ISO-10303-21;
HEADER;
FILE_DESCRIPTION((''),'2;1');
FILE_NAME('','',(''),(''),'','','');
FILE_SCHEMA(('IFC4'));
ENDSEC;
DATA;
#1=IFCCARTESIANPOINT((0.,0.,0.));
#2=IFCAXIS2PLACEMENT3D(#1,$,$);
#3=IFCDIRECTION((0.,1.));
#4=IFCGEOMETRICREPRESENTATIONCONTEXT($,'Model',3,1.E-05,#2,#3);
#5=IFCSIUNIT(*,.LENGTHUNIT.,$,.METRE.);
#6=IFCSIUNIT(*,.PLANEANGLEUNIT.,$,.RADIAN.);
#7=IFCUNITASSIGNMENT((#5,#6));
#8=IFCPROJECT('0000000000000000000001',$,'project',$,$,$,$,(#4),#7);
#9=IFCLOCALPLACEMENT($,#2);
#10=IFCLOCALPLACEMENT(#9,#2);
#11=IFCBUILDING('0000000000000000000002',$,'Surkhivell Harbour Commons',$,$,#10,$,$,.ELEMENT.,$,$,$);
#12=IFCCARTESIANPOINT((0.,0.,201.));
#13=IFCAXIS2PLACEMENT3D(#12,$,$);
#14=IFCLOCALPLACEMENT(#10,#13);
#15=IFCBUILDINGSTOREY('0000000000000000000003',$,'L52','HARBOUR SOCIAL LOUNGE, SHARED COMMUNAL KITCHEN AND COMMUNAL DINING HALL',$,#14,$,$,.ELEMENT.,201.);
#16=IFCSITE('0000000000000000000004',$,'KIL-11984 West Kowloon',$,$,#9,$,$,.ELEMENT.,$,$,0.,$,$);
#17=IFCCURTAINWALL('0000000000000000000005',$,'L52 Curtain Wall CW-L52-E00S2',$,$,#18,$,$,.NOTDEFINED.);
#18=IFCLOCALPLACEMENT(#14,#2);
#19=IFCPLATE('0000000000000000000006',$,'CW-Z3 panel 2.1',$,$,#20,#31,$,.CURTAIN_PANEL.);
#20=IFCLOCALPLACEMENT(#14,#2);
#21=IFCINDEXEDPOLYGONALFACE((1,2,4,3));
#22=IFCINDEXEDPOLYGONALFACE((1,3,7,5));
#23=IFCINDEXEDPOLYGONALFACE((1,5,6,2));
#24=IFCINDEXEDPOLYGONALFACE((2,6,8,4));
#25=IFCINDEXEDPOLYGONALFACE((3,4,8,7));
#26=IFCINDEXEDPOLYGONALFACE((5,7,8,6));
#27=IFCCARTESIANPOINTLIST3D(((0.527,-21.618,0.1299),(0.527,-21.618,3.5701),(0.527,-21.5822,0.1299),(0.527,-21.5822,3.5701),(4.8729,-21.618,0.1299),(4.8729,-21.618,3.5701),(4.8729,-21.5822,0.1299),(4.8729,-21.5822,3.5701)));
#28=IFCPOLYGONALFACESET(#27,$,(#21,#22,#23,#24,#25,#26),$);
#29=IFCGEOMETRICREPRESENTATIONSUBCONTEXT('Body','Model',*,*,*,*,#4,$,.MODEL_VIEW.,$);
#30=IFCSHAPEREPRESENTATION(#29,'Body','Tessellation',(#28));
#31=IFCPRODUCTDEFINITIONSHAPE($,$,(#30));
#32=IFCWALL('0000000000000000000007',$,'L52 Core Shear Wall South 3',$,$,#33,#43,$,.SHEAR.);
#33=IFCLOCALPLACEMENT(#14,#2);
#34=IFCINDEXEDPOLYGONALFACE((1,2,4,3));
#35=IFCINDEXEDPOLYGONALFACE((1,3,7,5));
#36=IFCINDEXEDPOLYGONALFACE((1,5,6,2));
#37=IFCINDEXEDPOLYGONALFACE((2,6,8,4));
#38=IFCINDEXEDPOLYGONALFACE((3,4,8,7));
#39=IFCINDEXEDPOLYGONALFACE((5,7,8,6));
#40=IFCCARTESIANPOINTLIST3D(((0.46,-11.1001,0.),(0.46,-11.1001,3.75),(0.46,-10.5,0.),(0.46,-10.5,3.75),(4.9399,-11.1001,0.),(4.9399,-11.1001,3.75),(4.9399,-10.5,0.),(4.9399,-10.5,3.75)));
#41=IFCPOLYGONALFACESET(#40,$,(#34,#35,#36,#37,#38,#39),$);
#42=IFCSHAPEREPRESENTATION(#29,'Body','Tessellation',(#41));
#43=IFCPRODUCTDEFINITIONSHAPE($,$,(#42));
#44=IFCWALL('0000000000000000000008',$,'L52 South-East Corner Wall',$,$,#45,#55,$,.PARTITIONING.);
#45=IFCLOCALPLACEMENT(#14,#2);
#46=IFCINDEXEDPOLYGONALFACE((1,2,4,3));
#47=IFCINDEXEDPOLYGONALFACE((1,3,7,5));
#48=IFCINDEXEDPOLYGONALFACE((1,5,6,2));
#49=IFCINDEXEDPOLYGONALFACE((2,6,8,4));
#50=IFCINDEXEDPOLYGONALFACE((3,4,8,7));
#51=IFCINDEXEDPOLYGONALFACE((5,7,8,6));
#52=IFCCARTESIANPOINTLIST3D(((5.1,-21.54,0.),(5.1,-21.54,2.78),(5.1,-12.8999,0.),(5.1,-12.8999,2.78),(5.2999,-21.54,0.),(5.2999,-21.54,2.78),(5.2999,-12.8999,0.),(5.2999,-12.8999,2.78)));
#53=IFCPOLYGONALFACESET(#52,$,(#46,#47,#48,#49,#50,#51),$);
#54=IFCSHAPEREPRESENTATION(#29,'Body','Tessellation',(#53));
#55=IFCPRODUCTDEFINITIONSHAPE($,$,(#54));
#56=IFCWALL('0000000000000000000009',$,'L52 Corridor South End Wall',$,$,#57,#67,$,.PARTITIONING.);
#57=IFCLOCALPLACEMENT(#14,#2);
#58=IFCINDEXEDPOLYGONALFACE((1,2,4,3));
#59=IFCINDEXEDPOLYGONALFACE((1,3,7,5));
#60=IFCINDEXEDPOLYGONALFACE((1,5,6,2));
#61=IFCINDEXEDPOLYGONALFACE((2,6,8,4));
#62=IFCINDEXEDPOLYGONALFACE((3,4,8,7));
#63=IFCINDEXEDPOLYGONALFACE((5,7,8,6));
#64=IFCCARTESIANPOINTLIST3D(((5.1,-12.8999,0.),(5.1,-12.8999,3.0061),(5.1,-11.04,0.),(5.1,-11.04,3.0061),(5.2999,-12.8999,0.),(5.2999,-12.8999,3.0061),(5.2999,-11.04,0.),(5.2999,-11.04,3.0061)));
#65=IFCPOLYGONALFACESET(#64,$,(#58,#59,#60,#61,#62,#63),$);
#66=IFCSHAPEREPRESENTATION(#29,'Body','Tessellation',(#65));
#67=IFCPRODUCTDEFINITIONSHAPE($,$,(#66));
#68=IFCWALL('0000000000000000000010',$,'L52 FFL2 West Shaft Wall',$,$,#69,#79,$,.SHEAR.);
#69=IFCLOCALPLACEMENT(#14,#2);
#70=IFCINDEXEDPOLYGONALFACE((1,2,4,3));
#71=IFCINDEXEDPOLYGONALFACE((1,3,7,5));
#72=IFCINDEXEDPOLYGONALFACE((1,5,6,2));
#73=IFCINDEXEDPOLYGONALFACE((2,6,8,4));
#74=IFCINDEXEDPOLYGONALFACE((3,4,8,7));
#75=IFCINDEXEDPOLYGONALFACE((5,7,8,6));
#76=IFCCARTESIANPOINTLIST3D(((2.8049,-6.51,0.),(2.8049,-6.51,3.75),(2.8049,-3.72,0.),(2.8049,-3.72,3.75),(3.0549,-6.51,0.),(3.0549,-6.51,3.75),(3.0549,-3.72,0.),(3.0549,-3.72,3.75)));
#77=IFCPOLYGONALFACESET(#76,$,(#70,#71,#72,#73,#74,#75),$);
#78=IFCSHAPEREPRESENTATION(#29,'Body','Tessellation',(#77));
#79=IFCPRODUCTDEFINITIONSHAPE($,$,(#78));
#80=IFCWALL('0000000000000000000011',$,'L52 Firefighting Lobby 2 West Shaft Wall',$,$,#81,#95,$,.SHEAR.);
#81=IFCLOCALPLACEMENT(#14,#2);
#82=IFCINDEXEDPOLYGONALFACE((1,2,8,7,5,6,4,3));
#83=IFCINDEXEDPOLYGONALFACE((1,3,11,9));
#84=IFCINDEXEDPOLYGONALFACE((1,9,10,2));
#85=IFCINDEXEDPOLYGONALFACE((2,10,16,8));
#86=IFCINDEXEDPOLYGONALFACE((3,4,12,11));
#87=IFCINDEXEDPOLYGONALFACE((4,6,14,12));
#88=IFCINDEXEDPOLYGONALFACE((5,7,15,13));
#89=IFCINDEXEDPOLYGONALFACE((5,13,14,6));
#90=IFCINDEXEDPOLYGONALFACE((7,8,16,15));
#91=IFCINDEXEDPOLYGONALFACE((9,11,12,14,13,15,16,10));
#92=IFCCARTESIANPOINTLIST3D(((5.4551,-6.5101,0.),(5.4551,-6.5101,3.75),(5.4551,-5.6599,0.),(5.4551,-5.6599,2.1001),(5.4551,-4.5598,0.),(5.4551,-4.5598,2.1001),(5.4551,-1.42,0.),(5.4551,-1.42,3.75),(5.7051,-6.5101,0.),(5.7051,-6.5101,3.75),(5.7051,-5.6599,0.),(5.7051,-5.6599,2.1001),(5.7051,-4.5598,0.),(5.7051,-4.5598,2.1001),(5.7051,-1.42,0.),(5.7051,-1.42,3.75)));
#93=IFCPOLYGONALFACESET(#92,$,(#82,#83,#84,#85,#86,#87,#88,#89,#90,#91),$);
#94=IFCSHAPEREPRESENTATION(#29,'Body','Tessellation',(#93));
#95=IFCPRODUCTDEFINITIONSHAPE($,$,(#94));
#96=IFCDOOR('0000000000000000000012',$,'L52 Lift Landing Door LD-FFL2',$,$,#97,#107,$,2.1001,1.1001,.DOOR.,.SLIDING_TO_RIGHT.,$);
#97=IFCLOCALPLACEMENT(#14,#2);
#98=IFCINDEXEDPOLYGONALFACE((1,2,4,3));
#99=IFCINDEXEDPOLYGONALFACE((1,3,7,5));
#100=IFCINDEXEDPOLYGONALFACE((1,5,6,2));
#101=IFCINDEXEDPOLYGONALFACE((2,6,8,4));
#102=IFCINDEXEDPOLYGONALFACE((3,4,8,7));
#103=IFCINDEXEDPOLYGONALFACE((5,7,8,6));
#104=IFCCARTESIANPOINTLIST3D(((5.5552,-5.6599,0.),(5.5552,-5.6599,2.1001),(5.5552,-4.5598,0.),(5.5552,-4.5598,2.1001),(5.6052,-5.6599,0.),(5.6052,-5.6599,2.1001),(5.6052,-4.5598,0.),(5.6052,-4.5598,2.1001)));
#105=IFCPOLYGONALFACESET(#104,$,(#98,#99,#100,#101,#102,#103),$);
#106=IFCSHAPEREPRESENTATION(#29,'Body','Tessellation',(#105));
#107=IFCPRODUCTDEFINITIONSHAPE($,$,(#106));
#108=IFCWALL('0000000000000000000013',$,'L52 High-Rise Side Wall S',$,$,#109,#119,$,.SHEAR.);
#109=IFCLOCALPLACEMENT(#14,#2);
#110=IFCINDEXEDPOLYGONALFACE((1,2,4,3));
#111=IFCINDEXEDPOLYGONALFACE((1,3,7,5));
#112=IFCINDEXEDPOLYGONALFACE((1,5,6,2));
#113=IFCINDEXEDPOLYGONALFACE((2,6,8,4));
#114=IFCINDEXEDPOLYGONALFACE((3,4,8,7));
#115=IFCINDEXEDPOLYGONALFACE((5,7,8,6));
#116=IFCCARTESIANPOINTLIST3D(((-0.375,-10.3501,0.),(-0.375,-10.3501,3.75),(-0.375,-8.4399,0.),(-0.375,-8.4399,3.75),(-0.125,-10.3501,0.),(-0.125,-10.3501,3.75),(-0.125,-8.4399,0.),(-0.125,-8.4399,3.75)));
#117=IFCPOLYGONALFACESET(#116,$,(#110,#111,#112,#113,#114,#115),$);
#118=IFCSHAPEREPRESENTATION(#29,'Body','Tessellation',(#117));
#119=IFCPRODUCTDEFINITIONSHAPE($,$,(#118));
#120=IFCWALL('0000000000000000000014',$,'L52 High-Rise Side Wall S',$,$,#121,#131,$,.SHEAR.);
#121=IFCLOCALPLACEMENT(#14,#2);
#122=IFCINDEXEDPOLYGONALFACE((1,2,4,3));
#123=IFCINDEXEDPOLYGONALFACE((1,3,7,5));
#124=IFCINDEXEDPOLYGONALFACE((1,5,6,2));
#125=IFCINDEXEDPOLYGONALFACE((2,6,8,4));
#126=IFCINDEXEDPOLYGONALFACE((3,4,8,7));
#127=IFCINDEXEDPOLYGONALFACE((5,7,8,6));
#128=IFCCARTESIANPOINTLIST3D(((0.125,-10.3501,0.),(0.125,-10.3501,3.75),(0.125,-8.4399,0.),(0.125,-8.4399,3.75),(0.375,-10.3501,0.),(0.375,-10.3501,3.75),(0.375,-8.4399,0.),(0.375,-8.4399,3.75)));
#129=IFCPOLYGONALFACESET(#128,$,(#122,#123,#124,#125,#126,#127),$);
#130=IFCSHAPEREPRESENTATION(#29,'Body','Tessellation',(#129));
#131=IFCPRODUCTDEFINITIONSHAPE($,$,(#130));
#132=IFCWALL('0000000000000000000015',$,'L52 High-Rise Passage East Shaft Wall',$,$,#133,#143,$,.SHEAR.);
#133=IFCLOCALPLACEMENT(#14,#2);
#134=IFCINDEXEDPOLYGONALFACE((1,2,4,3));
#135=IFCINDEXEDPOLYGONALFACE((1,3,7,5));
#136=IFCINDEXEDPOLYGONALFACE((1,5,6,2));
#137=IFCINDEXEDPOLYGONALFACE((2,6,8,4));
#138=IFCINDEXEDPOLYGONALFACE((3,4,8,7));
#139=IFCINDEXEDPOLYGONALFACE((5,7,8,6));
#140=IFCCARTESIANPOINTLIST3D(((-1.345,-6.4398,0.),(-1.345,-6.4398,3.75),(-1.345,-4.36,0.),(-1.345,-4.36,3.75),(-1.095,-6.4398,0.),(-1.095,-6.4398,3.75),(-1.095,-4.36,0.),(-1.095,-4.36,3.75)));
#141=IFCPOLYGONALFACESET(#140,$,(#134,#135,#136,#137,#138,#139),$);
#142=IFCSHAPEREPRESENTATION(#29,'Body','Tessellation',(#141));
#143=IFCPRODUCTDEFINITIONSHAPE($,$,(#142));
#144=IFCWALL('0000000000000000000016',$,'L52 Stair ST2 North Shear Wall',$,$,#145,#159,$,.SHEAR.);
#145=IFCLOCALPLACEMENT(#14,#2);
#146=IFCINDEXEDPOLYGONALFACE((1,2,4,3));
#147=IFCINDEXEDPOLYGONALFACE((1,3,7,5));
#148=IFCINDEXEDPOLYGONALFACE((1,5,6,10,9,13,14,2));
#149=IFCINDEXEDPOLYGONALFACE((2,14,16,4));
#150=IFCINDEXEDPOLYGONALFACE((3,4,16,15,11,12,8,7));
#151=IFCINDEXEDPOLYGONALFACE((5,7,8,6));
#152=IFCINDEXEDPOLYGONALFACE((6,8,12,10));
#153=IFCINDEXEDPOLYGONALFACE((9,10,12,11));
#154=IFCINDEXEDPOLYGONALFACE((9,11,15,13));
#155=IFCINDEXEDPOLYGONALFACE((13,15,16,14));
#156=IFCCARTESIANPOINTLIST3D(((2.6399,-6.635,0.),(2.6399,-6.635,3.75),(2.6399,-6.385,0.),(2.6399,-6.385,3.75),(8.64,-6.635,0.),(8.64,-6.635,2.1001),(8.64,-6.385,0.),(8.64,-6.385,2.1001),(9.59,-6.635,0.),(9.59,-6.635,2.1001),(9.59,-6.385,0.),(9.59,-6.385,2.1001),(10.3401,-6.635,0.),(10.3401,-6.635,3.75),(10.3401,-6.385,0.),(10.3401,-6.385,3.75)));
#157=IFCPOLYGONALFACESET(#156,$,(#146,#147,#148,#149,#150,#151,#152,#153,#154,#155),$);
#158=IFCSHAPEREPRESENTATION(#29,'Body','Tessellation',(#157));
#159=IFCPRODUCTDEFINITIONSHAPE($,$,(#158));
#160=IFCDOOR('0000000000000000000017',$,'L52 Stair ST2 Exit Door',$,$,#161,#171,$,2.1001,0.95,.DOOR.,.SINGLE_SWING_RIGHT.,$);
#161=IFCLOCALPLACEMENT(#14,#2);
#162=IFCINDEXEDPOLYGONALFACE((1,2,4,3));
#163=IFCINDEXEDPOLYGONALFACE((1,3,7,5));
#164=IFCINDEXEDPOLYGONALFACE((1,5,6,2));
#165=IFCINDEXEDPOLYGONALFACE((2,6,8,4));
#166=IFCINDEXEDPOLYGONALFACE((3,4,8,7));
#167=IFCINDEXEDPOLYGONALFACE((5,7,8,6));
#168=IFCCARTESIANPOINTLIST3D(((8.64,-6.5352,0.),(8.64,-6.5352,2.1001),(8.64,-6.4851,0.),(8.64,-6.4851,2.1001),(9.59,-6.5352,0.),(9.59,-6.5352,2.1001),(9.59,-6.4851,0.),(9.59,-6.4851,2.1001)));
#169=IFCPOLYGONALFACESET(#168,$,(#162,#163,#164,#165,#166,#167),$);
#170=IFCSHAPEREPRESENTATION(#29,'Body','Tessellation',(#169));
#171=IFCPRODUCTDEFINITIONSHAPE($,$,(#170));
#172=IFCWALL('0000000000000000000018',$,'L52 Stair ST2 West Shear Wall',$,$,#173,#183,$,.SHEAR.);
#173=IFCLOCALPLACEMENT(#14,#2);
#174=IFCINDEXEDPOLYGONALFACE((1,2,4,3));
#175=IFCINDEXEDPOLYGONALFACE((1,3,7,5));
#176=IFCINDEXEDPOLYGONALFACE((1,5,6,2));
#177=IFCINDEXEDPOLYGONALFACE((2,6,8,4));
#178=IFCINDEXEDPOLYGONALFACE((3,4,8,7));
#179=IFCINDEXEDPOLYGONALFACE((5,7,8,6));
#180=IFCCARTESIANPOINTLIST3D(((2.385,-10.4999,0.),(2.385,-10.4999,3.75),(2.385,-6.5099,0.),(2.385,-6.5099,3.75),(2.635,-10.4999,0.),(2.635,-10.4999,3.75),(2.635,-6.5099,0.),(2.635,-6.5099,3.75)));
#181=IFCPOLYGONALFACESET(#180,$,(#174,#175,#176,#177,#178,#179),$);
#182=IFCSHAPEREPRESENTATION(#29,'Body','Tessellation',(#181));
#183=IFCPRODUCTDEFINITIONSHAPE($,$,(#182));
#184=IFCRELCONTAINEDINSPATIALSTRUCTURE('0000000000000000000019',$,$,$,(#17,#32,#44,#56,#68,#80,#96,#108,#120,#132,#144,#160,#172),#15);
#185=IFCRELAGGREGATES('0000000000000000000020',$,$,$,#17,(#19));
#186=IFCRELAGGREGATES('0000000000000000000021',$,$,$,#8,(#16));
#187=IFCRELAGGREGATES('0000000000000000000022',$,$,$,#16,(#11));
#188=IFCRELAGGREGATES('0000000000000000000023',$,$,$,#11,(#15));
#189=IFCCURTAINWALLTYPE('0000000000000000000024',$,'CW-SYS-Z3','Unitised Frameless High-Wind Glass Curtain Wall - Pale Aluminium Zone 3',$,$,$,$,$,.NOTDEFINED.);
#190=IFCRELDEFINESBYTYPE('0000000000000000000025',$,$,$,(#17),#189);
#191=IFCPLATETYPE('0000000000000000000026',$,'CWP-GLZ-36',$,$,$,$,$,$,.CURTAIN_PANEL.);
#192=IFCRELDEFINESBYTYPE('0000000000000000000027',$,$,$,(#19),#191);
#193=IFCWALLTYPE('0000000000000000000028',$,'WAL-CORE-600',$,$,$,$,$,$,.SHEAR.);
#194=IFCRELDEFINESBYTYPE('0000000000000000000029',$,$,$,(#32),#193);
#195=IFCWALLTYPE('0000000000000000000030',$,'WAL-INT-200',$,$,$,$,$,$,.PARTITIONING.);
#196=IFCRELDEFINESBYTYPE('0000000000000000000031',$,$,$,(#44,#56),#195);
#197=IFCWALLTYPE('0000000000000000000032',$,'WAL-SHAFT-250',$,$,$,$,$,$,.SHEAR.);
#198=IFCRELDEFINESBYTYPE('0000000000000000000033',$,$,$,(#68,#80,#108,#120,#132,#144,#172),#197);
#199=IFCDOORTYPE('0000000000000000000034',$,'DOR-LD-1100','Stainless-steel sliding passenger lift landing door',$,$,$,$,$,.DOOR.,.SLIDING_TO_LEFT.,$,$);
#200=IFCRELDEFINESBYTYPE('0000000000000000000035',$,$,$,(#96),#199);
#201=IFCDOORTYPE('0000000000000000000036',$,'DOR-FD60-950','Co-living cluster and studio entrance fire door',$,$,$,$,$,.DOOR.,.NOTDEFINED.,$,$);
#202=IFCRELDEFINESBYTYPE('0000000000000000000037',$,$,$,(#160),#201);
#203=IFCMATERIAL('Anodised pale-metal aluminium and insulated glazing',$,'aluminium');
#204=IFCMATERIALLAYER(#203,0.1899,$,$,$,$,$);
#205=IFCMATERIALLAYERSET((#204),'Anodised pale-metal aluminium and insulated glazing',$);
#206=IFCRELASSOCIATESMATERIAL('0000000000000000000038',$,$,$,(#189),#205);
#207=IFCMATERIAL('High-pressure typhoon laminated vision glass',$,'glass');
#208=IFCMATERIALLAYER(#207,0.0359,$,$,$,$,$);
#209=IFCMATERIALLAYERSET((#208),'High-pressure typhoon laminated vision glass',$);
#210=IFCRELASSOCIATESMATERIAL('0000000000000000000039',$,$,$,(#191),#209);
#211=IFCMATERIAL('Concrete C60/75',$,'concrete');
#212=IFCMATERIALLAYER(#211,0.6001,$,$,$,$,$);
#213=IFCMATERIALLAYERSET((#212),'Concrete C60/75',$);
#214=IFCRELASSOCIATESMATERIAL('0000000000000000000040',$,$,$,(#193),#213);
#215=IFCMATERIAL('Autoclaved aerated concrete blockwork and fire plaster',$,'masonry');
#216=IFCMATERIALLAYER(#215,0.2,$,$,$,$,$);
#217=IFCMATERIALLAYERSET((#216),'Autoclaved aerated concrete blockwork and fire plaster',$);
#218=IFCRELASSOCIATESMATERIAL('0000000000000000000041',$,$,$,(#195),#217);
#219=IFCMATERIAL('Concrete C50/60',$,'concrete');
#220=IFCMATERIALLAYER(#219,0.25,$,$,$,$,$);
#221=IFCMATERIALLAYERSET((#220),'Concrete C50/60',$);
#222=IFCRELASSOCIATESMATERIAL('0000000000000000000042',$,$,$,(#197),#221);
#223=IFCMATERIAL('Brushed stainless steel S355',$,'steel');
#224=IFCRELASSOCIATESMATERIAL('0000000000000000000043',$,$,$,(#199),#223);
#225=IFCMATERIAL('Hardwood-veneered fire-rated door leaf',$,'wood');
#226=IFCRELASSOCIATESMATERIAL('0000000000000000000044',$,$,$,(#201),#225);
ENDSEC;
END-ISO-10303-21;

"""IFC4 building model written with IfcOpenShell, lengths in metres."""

from ifc_helpers import new_model, si_unit, direction, frame, frame_2d, origin, place, context, subcontext, project, spatial, rectangle, extrude, material, layer, layer_set, type_object, element, fill, aggregate, save


model = new_model("IFC4")

# Units and contexts
model_context = context("Model", 3, precision=1e-05, world=origin(), true_north=direction((0.0, 1.0)))
body_context = subcontext(model_context, "Body", "Model", "MODEL_VIEW")
ifc_project = project(units=[si_unit("LENGTHUNIT", "METRE"), si_unit("PLANEANGLEUNIT", "RADIAN")], contexts=[model_context])

# Site, building, storey
site_placement = place(None, origin())
site = spatial("IfcSite", under=ifc_project, at=site_placement, Name="KIL-11984 West Kowloon", CompositionType="ELEMENT", RefElevation=0.0)
building_placement = place(site_placement, origin())
building = spatial("IfcBuilding", under=site, at=building_placement, Name="Surkhivell Harbour Commons", CompositionType="ELEMENT")
storey_placement = place(building_placement, frame((0.0, 0.0, 201.0)))
storey = spatial("IfcBuildingStorey", under=building, at=storey_placement, Name="L52", Description="HARBOUR SOCIAL LOUNGE, SHARED COMMUNAL KITCHEN AND COMMUNAL DINING HALL", CompositionType="ELEMENT", Elevation=201.0)

# Shared definitions
ifc_material_1 = material(Name="Concrete C60/75", Category="concrete")

# Curtain wall, plate
ifc_material_2 = material(Name="Anodised pale-metal aluminium and insulated glazing", Category="aluminium")
ifc_layer_1 = layer(ifc_material_2, 0.1899)
ifc_layer_set_1 = layer_set([ifc_layer_1], Name="Anodised pale-metal aluminium and insulated glazing")
curtain_wall_type = type_object("IfcCurtainWallType", Name="CW-SYS-Z3", Description="Unitised Frameless High-Wind Glass Curtain Wall - Pale Aluminium Zone 3", PredefinedType="NOTDEFINED", material=ifc_layer_set_1)
curtain_wall_placement = place(storey_placement, origin())
curtain_wall = element("IfcCurtainWall", 1, at=curtain_wall_placement, inside=storey, type_object=curtain_wall_type, Name="L52 Curtain Wall CW-L52-E00S2", PredefinedType="NOTDEFINED")
ifc_material_3 = material(Name="High-pressure typhoon laminated vision glass", Category="glass")
ifc_layer_2 = layer(ifc_material_3, 0.0359)
ifc_layer_set_2 = layer_set([ifc_layer_2], Name="High-pressure typhoon laminated vision glass")
plate_type = type_object("IfcPlateType", Name="CWP-GLZ-36", PredefinedType="CURTAIN_PANEL", material=ifc_layer_set_2)
plate_placement = place(storey_placement, frame((0.5271, -21.6001, 0.1299), z_axis=(0.0, 0.0, 1.0), x_axis=(1.0, 0.0, 0.0)))
plate = element("IfcPlate", 2, at=plate_placement, type_object=plate_type, Name="CW-Z3 panel 2.1", PredefinedType="CURTAIN_PANEL", context=body_context, shape_type="SweptSolid", body=[
    extrude(rectangle(XDim=4.3459, YDim=0.0359, at=frame_2d((2.1729, 0.0))), origin(), (0.0, 0.0, 1.0), 3.4402),
])
aggregate(curtain_wall, [plate])

# Walls
ifc_layer_3 = layer(ifc_material_1, 0.6001)
ifc_layer_set_3 = layer_set([ifc_layer_3], Name="Concrete C60/75")
wall_type_1 = type_object("IfcWallType", Name="WAL-CORE-600", PredefinedType="SHEAR", material=ifc_layer_set_3)
wall_1_placement = place(storey_placement, frame((0.46, -10.8, 0.0), z_axis=(0.0, 0.0, 1.0), x_axis=(1.0, 0.0, 0.0)))
element("IfcWall", 3, at=wall_1_placement, inside=storey, type_object=wall_type_1, Name="L52 Core Shear Wall South 3", PredefinedType="SHEAR", context=body_context, shape_type="SweptSolid", body=[
    extrude(rectangle(XDim=4.48, YDim=0.6001, at=frame_2d((2.24, 0.0))), origin(), (0.0, 0.0, 1.0), 3.75),
])
ifc_material_4 = material(Name="Autoclaved aerated concrete blockwork and fire plaster", Category="masonry")
ifc_layer_4 = layer(ifc_material_4, 0.2)
ifc_layer_set_4 = layer_set([ifc_layer_4], Name="Autoclaved aerated concrete blockwork and fire plaster")
wall_type_2 = type_object("IfcWallType", Name="WAL-INT-200", PredefinedType="PARTITIONING", material=ifc_layer_set_4)
wall_2_placement = place(storey_placement, frame((5.2, -21.54, 0.0), z_axis=(0.0, 0.0, 1.0), x_axis=(0.0, 1.0, 0.0)))
element("IfcWall", 4, at=wall_2_placement, inside=storey, type_object=wall_type_2, Name="L52 South-East Corner Wall", PredefinedType="PARTITIONING", context=body_context, shape_type="SweptSolid", body=[
    extrude(rectangle(XDim=8.6401, YDim=0.2, at=frame_2d((4.3201, 0.0))), origin(), (0.0, 0.0, 1.0), 2.78),
])
wall_3_placement = place(storey_placement, frame((5.2, -12.8999, 0.0), z_axis=(0.0, 0.0, 1.0), x_axis=(0.0, 1.0, 0.0)))
element("IfcWall", 5, at=wall_3_placement, inside=storey, type_object=wall_type_2, Name="L52 Corridor South End Wall", PredefinedType="PARTITIONING", context=body_context, shape_type="SweptSolid", body=[
    extrude(rectangle(XDim=1.8599, YDim=0.2, at=frame_2d((0.9299, 0.0))), origin(), (0.0, 0.0, 1.0), 3.0061),
])
ifc_material_5 = material(Name="Concrete C50/60", Category="concrete")
ifc_layer_5 = layer(ifc_material_5, 0.25)
ifc_layer_set_5 = layer_set([ifc_layer_5], Name="Concrete C50/60")
wall_type_3 = type_object("IfcWallType", Name="WAL-SHAFT-250", PredefinedType="SHEAR", material=ifc_layer_set_5)
wall_4_placement = place(storey_placement, frame((2.9299, -6.51, 0.0), z_axis=(0.0, 0.0, 1.0), x_axis=(0.0, 1.0, 0.0)))
element("IfcWall", 6, at=wall_4_placement, inside=storey, type_object=wall_type_3, Name="L52 FFL2 West Shaft Wall", PredefinedType="SHEAR", context=body_context, shape_type="SweptSolid", body=[
    extrude(rectangle(XDim=2.79, YDim=0.25, at=frame_2d((1.395, 0.0))), origin(), (0.0, 0.0, 1.0), 3.75),
])

# Wall, opening, door
wall_5_placement = place(storey_placement, frame((5.5801, -6.51, 0.0), z_axis=(0.0, 0.0, 1.0), x_axis=(0.0, 1.0, 0.0)))
wall_5 = element("IfcWall", 7, at=wall_5_placement, inside=storey, type_object=wall_type_3, Name="L52 Firefighting Lobby 2 West Shaft Wall", PredefinedType="SHEAR", context=body_context, shape_type="SweptSolid", body=[
    extrude(rectangle(XDim=5.0901, YDim=0.25, at=frame_2d((2.5449, 0.0))), origin(), (0.0, 0.0, 1.0), 3.75),
])
opening_1_placement = place(wall_5_placement, frame((0.8501, 0.0, 0.0)))
opening_1 = element("IfcOpeningElement", 8, at=opening_1_placement, cuts=wall_5, PredefinedType="OPENING", context=body_context, shape_type="SweptSolid", body=[
    extrude(rectangle(XDim=1.1001, YDim=2.1001, at=frame_2d((0.55, 1.05))), frame((0.0, 0.135, 0.0), z_axis=(0.0, -1.0, 0.0), x_axis=(1.0, 0.0, 0.0)), (0.0, 0.0, 1.0), 0.27),
])
ifc_material_6 = material(Name="Brushed stainless steel S355", Category="steel")
door_type_1 = type_object("IfcDoorType", Name="DOR-LD-1100", Description="Stainless-steel sliding passenger lift landing door", OperationType="SLIDING_TO_LEFT", PredefinedType="DOOR", material=ifc_material_6)
door_1_placement = place(opening_1_placement, origin())
door_1 = element("IfcDoor", 9, at=door_1_placement, inside=storey, type_object=door_type_1, Name="L52 Lift Landing Door LD-FFL2", OperationType="SLIDING_TO_RIGHT", OverallHeight=2.1001, OverallWidth=1.1001, PredefinedType="DOOR", context=body_context, shape_type="SweptSolid", body=[
    extrude(rectangle(XDim=1.1001, YDim=2.1001, at=frame_2d((0.55, 1.05))), frame((0.0, 0.0249, 0.0), z_axis=(0.0, -1.0, 0.0), x_axis=(1.0, 0.0, 0.0)), (0.0, 0.0, 1.0), 0.05),
])
fill(opening_1, door_1)

# Walls
for number, where, z_axis, x_axis, name in (
    (10, (-0.25, -10.3501, 0.0), (0.0, 0.0, 1.0), (0.0, 1.0, 0.0), "L52 High-Rise Side Wall S"),
    (11, (0.25, -10.3501, 0.0), (0.0, 0.0, 1.0), (0.0, 1.0, 0.0), "L52 High-Rise Side Wall S"),
):
    element("IfcWall", number, at=place(storey_placement, frame(where, z_axis=z_axis, x_axis=x_axis)), inside=storey, type_object=wall_type_3, Name=name, PredefinedType="SHEAR", context=body_context, shape_type="SweptSolid", body=[
        extrude(rectangle(XDim=1.9102, YDim=0.25, at=frame_2d((0.9551, 0.0))), origin(), (0.0, 0.0, 1.0), 3.75),
    ])
wall_6_placement = place(storey_placement, frame((-1.22, -6.4399, 0.0), z_axis=(0.0, 0.0, 1.0), x_axis=(0.0, 1.0, 0.0)))
element("IfcWall", 12, at=wall_6_placement, inside=storey, type_object=wall_type_3, Name="L52 High-Rise Passage East Shaft Wall", PredefinedType="SHEAR", context=body_context, shape_type="SweptSolid", body=[
    extrude(rectangle(XDim=2.0798, YDim=0.25, at=frame_2d((1.04, 0.0))), origin(), (0.0, 0.0, 1.0), 3.75),
])

# Wall, opening, door
wall_7_placement = place(storey_placement, frame((2.6399, -6.51, 0.0), z_axis=(0.0, 0.0, 1.0), x_axis=(1.0, 0.0, 0.0)))
wall_7 = element("IfcWall", 13, at=wall_7_placement, inside=storey, type_object=wall_type_3, Name="L52 Stair ST2 North Shear Wall", PredefinedType="SHEAR", context=body_context, shape_type="SweptSolid", body=[
    extrude(rectangle(XDim=7.7002, YDim=0.25, at=frame_2d((3.8501, 0.0))), origin(), (0.0, 0.0, 1.0), 3.75),
])
opening_2_placement = place(wall_7_placement, frame((6.0, 0.0, 0.0)))
opening_2 = element("IfcOpeningElement", 14, at=opening_2_placement, cuts=wall_7, PredefinedType="OPENING", context=body_context, shape_type="SweptSolid", body=[
    extrude(rectangle(XDim=0.95, YDim=2.1001, at=frame_2d((0.4751, 1.05))), frame((0.0, 0.135, 0.0), z_axis=(0.0, -1.0, 0.0), x_axis=(1.0, 0.0, 0.0)), (0.0, 0.0, 1.0), 0.27),
])
ifc_material_7 = material(Name="Hardwood-veneered fire-rated door leaf", Category="wood")
door_type_2 = type_object("IfcDoorType", Name="DOR-FD60-950", Description="Co-living cluster and studio entrance fire door", OperationType="NOTDEFINED", PredefinedType="DOOR", material=ifc_material_7)
door_2_placement = place(opening_2_placement, origin())
door_2 = element("IfcDoor", 15, at=door_2_placement, inside=storey, type_object=door_type_2, Name="L52 Stair ST2 Exit Door", OperationType="SINGLE_SWING_RIGHT", OverallHeight=2.1001, OverallWidth=0.95, PredefinedType="DOOR", context=body_context, shape_type="SweptSolid", body=[
    extrude(rectangle(XDim=0.95, YDim=2.1001, at=frame_2d((0.4751, 1.05))), frame((0.0, 0.0249, 0.0), z_axis=(0.0, -1.0, 0.0), x_axis=(1.0, 0.0, 0.0)), (0.0, 0.0, 1.0), 0.05),
])
fill(opening_2, door_2)

# Wall
wall_8_placement = place(storey_placement, frame((2.51, -10.5, 0.0), z_axis=(0.0, 0.0, 1.0), x_axis=(0.0, 1.0, 0.0)))
element("IfcWall", 16, at=wall_8_placement, inside=storey, type_object=wall_type_3, Name="L52 Stair ST2 West Shear Wall", PredefinedType="SHEAR", context=body_context, shape_type="SweptSolid", body=[
    extrude(rectangle(XDim=3.99, YDim=0.25, at=frame_2d((1.9951, 0.0))), origin(), (0.0, 0.0, 1.0), 3.75),
])

save(model, "model.ifc")
